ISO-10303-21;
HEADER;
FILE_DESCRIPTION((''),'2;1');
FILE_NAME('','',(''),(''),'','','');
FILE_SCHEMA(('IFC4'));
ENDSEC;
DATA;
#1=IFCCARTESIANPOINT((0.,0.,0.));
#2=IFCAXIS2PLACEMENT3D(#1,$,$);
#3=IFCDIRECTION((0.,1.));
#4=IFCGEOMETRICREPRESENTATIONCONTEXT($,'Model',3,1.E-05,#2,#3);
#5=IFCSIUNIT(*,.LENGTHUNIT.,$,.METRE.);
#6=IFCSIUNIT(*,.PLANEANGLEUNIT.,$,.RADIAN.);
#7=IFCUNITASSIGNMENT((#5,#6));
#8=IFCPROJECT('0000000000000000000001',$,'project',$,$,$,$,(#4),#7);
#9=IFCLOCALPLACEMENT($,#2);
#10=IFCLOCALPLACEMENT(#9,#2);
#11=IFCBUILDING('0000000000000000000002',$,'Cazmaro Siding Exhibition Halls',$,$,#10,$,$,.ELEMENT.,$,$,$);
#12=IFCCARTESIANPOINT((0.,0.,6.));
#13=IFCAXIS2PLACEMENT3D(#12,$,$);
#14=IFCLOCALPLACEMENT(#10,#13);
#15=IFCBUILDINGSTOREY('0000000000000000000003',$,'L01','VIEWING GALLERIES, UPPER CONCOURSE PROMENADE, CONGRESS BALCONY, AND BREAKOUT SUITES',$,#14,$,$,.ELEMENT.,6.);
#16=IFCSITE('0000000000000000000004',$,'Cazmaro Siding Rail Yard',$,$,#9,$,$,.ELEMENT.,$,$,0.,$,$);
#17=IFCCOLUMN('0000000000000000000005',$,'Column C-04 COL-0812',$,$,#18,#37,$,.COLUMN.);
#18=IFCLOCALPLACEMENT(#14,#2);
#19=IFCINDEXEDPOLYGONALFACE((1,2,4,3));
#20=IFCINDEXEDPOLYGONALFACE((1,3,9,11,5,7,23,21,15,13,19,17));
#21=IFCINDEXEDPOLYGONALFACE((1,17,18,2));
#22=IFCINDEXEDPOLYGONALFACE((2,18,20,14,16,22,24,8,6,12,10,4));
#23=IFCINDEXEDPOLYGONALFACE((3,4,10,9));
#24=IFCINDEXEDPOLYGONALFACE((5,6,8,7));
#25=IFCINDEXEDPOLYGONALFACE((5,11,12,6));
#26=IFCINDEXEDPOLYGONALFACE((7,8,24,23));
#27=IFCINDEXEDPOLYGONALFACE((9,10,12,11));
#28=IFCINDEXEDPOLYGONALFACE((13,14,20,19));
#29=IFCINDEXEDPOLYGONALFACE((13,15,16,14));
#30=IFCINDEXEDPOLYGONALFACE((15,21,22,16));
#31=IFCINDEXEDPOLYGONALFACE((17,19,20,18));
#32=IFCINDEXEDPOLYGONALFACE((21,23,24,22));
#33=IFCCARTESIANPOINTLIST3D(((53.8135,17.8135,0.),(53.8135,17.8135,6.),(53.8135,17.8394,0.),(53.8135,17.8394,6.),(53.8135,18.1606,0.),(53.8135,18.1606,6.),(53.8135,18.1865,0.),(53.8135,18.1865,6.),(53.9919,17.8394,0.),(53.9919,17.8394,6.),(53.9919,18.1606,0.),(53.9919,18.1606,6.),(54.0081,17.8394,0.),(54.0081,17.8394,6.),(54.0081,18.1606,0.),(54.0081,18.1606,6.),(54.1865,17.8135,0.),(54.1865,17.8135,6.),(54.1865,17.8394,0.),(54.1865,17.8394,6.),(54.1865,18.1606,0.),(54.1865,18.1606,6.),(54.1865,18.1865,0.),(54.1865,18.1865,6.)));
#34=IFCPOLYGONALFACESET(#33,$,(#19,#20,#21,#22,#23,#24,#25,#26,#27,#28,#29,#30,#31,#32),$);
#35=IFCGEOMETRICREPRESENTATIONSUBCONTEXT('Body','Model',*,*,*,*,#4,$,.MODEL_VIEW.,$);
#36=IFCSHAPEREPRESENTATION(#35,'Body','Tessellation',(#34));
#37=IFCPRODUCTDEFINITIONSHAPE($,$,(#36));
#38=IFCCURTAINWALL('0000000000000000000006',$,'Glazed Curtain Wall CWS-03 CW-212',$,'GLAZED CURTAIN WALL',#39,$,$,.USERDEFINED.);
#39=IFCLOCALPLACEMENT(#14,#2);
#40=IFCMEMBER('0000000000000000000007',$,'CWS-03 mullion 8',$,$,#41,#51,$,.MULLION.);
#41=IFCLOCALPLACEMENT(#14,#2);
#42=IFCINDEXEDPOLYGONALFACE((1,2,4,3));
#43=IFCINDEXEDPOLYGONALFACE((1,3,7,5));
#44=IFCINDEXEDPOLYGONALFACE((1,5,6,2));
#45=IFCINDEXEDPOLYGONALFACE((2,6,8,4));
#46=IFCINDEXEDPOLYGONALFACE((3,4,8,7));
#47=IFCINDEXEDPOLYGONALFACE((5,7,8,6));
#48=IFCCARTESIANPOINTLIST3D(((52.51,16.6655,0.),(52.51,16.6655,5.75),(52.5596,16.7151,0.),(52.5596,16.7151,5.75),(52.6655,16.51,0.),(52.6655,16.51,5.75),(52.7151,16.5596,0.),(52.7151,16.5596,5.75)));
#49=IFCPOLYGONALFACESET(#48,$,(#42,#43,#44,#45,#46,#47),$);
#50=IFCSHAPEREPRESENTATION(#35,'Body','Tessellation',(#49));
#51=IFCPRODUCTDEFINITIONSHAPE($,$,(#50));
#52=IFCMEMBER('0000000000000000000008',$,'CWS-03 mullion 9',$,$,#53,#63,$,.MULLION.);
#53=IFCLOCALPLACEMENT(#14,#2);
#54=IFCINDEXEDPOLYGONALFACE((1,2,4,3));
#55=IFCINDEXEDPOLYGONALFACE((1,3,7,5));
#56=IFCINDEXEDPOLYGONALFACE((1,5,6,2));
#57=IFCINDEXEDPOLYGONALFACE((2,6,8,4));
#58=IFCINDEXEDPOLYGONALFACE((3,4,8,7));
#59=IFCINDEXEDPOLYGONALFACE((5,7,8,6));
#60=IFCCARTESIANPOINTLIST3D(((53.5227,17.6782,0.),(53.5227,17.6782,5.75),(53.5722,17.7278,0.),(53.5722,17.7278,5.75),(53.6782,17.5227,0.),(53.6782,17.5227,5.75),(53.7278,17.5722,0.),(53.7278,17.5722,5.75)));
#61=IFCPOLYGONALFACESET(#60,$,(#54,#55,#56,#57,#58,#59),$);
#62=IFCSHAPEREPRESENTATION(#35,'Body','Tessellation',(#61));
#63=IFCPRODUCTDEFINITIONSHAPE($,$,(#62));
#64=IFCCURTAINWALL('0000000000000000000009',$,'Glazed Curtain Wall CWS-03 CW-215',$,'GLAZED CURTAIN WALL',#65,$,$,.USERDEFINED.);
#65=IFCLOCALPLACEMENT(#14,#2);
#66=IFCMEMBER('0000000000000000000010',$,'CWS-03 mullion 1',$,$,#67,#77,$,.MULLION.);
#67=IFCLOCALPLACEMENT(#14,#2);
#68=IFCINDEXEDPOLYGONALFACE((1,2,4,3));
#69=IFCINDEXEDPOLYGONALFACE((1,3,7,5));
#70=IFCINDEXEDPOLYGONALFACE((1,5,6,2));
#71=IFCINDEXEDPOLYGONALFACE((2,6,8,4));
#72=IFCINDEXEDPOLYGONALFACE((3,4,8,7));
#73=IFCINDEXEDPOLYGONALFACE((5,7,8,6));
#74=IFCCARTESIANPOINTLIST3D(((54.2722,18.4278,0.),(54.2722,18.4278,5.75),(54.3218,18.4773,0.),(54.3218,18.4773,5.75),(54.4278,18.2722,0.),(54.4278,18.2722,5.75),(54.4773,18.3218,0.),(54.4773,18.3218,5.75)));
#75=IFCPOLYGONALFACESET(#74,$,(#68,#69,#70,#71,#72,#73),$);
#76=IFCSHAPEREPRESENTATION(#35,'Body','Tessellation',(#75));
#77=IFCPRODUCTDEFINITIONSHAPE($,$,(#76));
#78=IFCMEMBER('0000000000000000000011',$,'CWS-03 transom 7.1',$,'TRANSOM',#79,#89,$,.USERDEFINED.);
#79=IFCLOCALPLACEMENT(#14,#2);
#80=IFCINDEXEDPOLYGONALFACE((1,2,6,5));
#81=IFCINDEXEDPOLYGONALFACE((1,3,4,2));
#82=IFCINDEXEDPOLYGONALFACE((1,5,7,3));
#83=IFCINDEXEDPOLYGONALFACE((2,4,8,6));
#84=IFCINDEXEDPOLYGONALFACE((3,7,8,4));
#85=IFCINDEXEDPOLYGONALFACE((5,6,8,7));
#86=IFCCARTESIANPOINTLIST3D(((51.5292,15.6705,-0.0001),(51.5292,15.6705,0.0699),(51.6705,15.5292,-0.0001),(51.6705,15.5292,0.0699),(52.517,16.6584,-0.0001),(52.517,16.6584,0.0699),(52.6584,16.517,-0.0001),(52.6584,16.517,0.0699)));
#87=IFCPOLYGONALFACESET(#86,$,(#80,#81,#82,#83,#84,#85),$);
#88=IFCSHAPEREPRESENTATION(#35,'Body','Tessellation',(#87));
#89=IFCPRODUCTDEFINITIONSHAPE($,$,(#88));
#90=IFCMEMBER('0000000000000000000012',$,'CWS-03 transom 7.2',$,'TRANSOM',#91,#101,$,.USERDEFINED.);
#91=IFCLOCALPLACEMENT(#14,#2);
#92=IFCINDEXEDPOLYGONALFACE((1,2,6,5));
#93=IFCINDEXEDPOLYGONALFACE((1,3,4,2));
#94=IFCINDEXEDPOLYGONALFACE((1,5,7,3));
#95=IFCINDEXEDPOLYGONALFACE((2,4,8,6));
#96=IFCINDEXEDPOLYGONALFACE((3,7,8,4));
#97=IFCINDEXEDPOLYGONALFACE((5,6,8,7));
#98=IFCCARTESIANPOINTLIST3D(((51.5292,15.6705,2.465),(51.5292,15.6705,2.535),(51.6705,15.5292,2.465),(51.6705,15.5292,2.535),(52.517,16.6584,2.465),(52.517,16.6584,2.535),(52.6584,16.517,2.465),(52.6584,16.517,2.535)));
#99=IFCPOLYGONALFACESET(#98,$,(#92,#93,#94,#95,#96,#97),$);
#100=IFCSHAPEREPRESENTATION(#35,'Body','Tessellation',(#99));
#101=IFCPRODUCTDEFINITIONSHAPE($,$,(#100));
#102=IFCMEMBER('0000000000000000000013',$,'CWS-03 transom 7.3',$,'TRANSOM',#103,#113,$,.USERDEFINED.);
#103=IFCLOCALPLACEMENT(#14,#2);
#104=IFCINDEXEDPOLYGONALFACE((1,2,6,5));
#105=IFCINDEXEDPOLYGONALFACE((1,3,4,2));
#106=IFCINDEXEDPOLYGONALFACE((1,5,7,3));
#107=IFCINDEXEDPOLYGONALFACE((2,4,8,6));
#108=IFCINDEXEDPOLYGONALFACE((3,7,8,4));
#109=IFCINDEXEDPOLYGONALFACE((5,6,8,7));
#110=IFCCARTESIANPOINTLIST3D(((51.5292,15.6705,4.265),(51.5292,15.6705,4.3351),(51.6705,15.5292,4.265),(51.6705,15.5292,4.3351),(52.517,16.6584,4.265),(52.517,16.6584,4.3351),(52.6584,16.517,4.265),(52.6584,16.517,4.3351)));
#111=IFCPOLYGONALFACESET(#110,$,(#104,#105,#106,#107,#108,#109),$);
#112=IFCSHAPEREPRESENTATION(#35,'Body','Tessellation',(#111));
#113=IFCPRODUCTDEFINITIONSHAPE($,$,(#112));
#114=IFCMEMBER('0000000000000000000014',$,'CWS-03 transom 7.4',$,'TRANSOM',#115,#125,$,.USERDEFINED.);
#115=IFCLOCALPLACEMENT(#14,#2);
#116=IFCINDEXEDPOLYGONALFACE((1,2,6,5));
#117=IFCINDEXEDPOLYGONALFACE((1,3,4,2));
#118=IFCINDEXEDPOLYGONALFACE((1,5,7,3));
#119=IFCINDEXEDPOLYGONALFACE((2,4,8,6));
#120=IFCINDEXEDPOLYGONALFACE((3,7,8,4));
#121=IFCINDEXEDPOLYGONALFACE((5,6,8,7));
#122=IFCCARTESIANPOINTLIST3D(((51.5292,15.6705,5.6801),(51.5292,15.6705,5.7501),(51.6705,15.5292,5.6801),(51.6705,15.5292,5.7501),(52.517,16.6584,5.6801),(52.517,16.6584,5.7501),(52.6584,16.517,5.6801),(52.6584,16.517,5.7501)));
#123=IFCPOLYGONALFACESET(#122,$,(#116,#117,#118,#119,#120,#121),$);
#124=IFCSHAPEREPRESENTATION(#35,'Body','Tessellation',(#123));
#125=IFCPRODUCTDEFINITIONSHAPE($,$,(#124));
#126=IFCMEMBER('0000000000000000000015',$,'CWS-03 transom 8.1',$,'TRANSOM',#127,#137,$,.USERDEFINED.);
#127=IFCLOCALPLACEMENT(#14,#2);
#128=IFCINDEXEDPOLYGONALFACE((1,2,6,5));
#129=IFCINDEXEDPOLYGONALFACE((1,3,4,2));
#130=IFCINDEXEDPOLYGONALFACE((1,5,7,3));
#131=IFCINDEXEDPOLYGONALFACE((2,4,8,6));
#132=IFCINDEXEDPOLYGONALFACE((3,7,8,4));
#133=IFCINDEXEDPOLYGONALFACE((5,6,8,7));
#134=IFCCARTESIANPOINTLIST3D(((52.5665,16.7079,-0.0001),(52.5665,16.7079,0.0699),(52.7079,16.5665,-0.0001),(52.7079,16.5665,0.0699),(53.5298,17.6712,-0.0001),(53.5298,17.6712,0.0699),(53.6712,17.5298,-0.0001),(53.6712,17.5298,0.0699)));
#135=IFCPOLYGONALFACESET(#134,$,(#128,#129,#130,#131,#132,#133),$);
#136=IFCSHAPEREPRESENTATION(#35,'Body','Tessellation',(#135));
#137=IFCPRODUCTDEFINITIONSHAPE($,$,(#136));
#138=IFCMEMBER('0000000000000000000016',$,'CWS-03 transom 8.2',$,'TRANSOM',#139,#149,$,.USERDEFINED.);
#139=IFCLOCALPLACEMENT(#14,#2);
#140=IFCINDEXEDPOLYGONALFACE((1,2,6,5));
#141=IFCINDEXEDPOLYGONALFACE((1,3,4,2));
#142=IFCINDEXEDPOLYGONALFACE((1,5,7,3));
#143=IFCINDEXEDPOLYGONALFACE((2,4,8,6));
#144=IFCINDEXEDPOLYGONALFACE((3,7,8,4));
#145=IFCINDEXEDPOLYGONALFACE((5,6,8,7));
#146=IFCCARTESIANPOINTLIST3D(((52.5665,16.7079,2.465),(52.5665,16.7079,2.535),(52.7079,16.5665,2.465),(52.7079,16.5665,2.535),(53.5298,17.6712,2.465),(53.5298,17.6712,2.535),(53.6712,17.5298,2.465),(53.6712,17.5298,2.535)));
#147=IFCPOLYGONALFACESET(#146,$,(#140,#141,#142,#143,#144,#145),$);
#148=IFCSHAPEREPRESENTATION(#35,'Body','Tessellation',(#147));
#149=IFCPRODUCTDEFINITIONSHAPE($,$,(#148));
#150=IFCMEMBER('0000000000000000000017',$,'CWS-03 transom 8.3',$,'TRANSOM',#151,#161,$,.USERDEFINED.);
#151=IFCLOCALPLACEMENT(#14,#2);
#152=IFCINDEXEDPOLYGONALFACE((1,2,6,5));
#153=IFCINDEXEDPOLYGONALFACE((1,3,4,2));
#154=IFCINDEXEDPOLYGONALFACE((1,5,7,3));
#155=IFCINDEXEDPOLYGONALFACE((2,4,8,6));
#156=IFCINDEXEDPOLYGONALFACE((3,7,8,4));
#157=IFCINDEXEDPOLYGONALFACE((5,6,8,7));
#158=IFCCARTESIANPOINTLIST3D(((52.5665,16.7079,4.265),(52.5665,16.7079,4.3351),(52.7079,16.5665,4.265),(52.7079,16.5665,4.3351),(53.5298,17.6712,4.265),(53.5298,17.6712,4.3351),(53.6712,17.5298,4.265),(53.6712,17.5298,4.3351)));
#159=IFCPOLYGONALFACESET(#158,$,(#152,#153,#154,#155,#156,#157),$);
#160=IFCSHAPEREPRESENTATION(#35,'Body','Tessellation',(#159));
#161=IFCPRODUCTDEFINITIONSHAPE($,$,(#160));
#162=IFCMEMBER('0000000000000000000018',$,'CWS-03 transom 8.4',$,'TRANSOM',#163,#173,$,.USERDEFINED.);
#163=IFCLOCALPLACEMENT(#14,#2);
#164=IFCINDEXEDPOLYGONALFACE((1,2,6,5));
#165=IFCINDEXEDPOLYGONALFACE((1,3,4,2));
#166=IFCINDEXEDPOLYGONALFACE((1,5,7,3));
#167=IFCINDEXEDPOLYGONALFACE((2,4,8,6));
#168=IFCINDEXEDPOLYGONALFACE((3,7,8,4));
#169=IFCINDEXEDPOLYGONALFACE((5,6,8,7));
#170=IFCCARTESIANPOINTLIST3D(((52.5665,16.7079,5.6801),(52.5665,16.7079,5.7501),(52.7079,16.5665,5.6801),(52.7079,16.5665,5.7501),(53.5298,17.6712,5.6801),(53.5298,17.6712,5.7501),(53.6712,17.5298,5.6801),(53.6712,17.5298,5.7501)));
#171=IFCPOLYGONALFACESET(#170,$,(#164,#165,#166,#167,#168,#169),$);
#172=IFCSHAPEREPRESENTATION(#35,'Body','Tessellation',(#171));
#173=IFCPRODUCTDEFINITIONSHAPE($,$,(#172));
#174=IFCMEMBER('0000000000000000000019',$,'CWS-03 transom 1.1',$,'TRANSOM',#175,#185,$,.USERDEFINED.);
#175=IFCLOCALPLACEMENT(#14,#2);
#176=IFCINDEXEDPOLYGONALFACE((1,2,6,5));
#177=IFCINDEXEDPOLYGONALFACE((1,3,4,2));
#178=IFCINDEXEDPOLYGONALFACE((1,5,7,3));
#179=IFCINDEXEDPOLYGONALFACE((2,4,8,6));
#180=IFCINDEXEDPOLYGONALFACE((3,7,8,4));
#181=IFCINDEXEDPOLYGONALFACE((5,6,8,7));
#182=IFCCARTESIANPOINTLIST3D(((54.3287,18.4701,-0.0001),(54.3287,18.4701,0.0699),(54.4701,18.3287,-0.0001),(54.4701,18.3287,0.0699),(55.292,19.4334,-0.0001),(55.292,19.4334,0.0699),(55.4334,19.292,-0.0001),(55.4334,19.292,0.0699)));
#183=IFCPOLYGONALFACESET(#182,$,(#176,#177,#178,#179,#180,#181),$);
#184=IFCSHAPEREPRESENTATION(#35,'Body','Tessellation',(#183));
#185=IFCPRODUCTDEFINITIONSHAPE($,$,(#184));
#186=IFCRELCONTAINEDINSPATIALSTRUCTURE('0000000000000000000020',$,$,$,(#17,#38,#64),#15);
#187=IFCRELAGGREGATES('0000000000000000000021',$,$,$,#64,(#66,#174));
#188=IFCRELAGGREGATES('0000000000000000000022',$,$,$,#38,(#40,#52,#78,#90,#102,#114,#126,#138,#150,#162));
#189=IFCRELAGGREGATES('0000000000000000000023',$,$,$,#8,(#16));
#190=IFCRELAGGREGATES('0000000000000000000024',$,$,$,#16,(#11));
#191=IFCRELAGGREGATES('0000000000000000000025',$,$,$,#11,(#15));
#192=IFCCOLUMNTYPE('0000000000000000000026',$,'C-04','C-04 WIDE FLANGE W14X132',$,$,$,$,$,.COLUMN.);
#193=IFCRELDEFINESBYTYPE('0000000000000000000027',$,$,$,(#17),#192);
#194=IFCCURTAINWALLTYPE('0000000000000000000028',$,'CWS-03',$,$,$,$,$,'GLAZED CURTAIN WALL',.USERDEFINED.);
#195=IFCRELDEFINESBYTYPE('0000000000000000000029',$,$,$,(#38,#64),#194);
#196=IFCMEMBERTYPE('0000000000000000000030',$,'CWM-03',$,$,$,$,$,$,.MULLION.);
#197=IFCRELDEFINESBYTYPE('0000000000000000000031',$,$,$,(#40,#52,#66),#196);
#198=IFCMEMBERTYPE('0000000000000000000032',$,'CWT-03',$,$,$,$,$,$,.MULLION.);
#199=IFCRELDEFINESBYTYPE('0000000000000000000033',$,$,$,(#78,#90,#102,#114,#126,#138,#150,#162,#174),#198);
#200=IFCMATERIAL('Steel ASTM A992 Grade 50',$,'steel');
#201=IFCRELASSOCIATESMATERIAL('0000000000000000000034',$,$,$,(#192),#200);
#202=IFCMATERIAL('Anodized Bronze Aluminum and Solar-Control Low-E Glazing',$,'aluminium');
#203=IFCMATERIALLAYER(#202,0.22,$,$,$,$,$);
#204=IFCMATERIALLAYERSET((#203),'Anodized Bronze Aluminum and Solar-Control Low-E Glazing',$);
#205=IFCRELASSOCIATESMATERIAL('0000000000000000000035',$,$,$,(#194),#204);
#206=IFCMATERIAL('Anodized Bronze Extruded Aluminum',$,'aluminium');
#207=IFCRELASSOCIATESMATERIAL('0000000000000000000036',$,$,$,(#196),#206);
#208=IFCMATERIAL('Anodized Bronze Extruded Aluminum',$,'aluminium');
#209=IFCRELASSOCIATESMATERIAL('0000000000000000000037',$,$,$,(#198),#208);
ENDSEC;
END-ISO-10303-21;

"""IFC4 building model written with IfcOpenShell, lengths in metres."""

from ifc_helpers import new_model, si_unit, direction, frame, origin, origin_2d, place, context, subcontext, project, spatial, rectangle, i_section, extrude, material, layer, layer_set, material_profile, profile_set, type_object, element, aggregate, save


model = new_model("IFC4")

# Units and contexts
model_context = context("Model", 3, precision=1e-05, world=origin(), true_north=direction((0.0, 1.0)))
body_context = subcontext(model_context, "Body", "Model", "MODEL_VIEW")
ifc_project = project(units=[si_unit("LENGTHUNIT", "METRE"), si_unit("PLANEANGLEUNIT", "RADIAN")], contexts=[model_context])

# Site, building, storey
site_placement = place(None, origin())
site = spatial("IfcSite", under=ifc_project, at=site_placement, Name="Cazmaro Siding Rail Yard", CompositionType="ELEMENT", RefElevation=0.0)
building_placement = place(site_placement, origin())
building = spatial("IfcBuilding", under=site, at=building_placement, Name="Cazmaro Siding Exhibition Halls", CompositionType="ELEMENT")
storey_placement = place(building_placement, frame((0.0, 0.0, 6.0)))
storey = spatial("IfcBuildingStorey", under=building, at=storey_placement, Name="L01", Description="VIEWING GALLERIES, UPPER CONCOURSE PROMENADE, CONGRESS BALCONY, AND BREAKOUT SUITES", CompositionType="ELEMENT", Elevation=6.0)

# Column
ifc_material_1 = material(Name="Steel ASTM A992 Grade 50", Category="steel")
ifc_material_profile_1 = material_profile(ifc_material_1, i_section(OverallWidth=0.373, OverallDepth=0.373, WebThickness=0.0161, FlangeThickness=0.0259, at=origin_2d()), Name="W14X132")
ifc_profile_set_1 = profile_set([ifc_material_profile_1], Name="Steel ASTM A992 Grade 50")
column_type = type_object("IfcColumnType", Name="C-04", Description="C-04 WIDE FLANGE W14X132", PredefinedType="COLUMN", material=ifc_profile_set_1)
column_placement = place(storey_placement, frame((54.0, 18.0, 0.0), z_axis=(0.0, 0.0, 1.0), x_axis=(1.0, 0.0, 0.0)))
element("IfcColumn", 1, at=column_placement, inside=storey, type_object=column_type, Name="Column C-04 COL-0812", PredefinedType="COLUMN", context=body_context, shape_type="SweptSolid", body=[
    extrude(i_section(OverallWidth=0.373, OverallDepth=0.373, WebThickness=0.0161, FlangeThickness=0.0259, at=origin_2d()), origin(), (0.0, 0.0, 1.0), 6.0),
])

# Curtain wall, members
ifc_material_2 = material(Name="Anodized Bronze Aluminum and Solar-Control Low-E Glazing", Category="aluminium")
ifc_layer_1 = layer(ifc_material_2, 0.22)
ifc_layer_set_1 = layer_set([ifc_layer_1], Name="Anodized Bronze Aluminum and Solar-Control Low-E Glazing")
curtain_wall_type = type_object("IfcCurtainWallType", Name="CWS-03", ElementType="GLAZED CURTAIN WALL", PredefinedType="USERDEFINED", material=ifc_layer_set_1)
curtain_wall_1_placement = place(storey_placement, origin())
curtain_wall_1 = element("IfcCurtainWall", 2, at=curtain_wall_1_placement, inside=storey, type_object=curtain_wall_type, Name="Glazed Curtain Wall CWS-03 CW-212", ObjectType="GLAZED CURTAIN WALL", PredefinedType="USERDEFINED")
ifc_material_3 = material(Name="Anodized Bronze Extruded Aluminum", Category="aluminium")
ifc_material_profile_2 = material_profile(ifc_material_3, rectangle(XDim=0.22, YDim=0.0701, at=origin_2d()), Name="CWM-03")
ifc_profile_set_2 = profile_set([ifc_material_profile_2], Name="Anodized Bronze Extruded Aluminum")
member_type_1 = type_object("IfcMemberType", Name="CWM-03", PredefinedType="MULLION", material=ifc_profile_set_2)
member_1_placement = place(storey_placement, frame((52.6125, 16.6125, 0.0), z_axis=(0.0, 0.0, 1.0), x_axis=(-0.707107, 0.707107, 0.0)))
member_1 = element("IfcMember", 3, at=member_1_placement, type_object=member_type_1, Name="CWS-03 mullion 8", PredefinedType="MULLION", context=body_context, shape_type="SweptSolid", body=[
    extrude(rectangle(XDim=0.22, YDim=0.0701, at=origin_2d()), origin(), (0.0, 0.0, 1.0), 5.75),
])
member_2_placement = place(storey_placement, frame((53.6252, 17.6252, 0.0), z_axis=(0.0, 0.0, 1.0), x_axis=(-0.707107, 0.707107, 0.0)))
member_2 = element("IfcMember", 4, at=member_2_placement, type_object=member_type_1, Name="CWS-03 mullion 9", PredefinedType="MULLION", context=body_context, shape_type="SweptSolid", body=[
    extrude(rectangle(XDim=0.22, YDim=0.0701, at=origin_2d()), origin(), (0.0, 0.0, 1.0), 5.75),
])

# Curtain wall, member
curtain_wall_2_placement = place(storey_placement, origin())
curtain_wall_2 = element("IfcCurtainWall", 5, at=curtain_wall_2_placement, inside=storey, type_object=curtain_wall_type, Name="Glazed Curtain Wall CWS-03 CW-215", ObjectType="GLAZED CURTAIN WALL", PredefinedType="USERDEFINED")
member_3_placement = place(storey_placement, frame((54.3748, 18.3748, 0.0), z_axis=(0.0, 0.0, 1.0), x_axis=(-0.707107, 0.707107, 0.0)))
member_3 = element("IfcMember", 6, at=member_3_placement, type_object=member_type_1, Name="CWS-03 mullion 1", PredefinedType="MULLION", context=body_context, shape_type="SweptSolid", body=[
    extrude(rectangle(XDim=0.22, YDim=0.0701, at=origin_2d()), origin(), (0.0, 0.0, 1.0), 5.75),
])

# Members
ifc_material_4 = material(Name="Anodized Bronze Extruded Aluminum", Category="aluminium")
ifc_material_profile_3 = material_profile(ifc_material_4, rectangle(XDim=0.2, YDim=0.0701, at=origin_2d()), Name="CWT-03")
ifc_profile_set_3 = profile_set([ifc_material_profile_3], Name="Anodized Bronze Extruded Aluminum")
member_type_2 = type_object("IfcMemberType", Name="CWT-03", PredefinedType="MULLION", material=ifc_profile_set_3)
member_4_placement = place(storey_placement, frame((51.5999, 15.5999, 0.0349), z_axis=(0.707107, 0.707107, 0.0), x_axis=(-0.707107, 0.707107, 0.0)))
member_4 = element("IfcMember", 7, at=member_4_placement, type_object=member_type_2, Name="CWS-03 transom 7.1", ObjectType="TRANSOM", PredefinedType="USERDEFINED", context=body_context, shape_type="SweptSolid", body=[
    extrude(rectangle(XDim=0.2, YDim=0.0701, at=origin_2d()), origin(), (0.0, 0.0, 1.0), 1.397),
])
member_5_placement = place(storey_placement, frame((51.5999, 15.5999, 2.5), z_axis=(0.707107, 0.707107, 0.0), x_axis=(-0.707107, 0.707107, 0.0)))
member_5 = element("IfcMember", 8, at=member_5_placement, type_object=member_type_2, Name="CWS-03 transom 7.2", ObjectType="TRANSOM", PredefinedType="USERDEFINED", context=body_context, shape_type="SweptSolid", body=[
    extrude(rectangle(XDim=0.2, YDim=0.0701, at=origin_2d()), origin(), (0.0, 0.0, 1.0), 1.397),
])
member_6_placement = place(storey_placement, frame((51.5999, 15.5999, 4.3), z_axis=(0.707107, 0.707107, 0.0), x_axis=(-0.707107, 0.707107, 0.0)))
member_6 = element("IfcMember", 9, at=member_6_placement, type_object=member_type_2, Name="CWS-03 transom 7.3", ObjectType="TRANSOM", PredefinedType="USERDEFINED", context=body_context, shape_type="SweptSolid", body=[
    extrude(rectangle(XDim=0.2, YDim=0.0701, at=origin_2d()), origin(), (0.0, 0.0, 1.0), 1.397),
])
member_7_placement = place(storey_placement, frame((51.5999, 15.5999, 5.7151), z_axis=(0.707107, 0.707107, 0.0), x_axis=(-0.707107, 0.707107, 0.0)))
member_7 = element("IfcMember", 10, at=member_7_placement, type_object=member_type_2, Name="CWS-03 transom 7.4", ObjectType="TRANSOM", PredefinedType="USERDEFINED", context=body_context, shape_type="SweptSolid", body=[
    extrude(rectangle(XDim=0.2, YDim=0.0701, at=origin_2d()), origin(), (0.0, 0.0, 1.0), 1.397),
])
member_8_placement = place(storey_placement, frame((52.6372, 16.6372, 0.0349), z_axis=(0.707107, 0.707107, 0.0), x_axis=(-0.707107, 0.707107, 0.0)))
member_8 = element("IfcMember", 11, at=member_8_placement, type_object=member_type_2, Name="CWS-03 transom 8.1", ObjectType="TRANSOM", PredefinedType="USERDEFINED", context=body_context, shape_type="SweptSolid", body=[
    extrude(rectangle(XDim=0.2, YDim=0.0701, at=origin_2d()), origin(), (0.0, 0.0, 1.0), 1.3623),
])
member_9_placement = place(storey_placement, frame((52.6372, 16.6372, 2.5), z_axis=(0.707107, 0.707107, 0.0), x_axis=(-0.707107, 0.707107, 0.0)))
member_9 = element("IfcMember", 12, at=member_9_placement, type_object=member_type_2, Name="CWS-03 transom 8.2", ObjectType="TRANSOM", PredefinedType="USERDEFINED", context=body_context, shape_type="SweptSolid", body=[
    extrude(rectangle(XDim=0.2, YDim=0.0701, at=origin_2d()), origin(), (0.0, 0.0, 1.0), 1.3623),
])
member_10_placement = place(storey_placement, frame((52.6372, 16.6372, 4.3), z_axis=(0.707107, 0.707107, 0.0), x_axis=(-0.707107, 0.707107, 0.0)))
member_10 = element("IfcMember", 13, at=member_10_placement, type_object=member_type_2, Name="CWS-03 transom 8.3", ObjectType="TRANSOM", PredefinedType="USERDEFINED", context=body_context, shape_type="SweptSolid", body=[
    extrude(rectangle(XDim=0.2, YDim=0.0701, at=origin_2d()), origin(), (0.0, 0.0, 1.0), 1.3623),
])
member_11_placement = place(storey_placement, frame((52.6372, 16.6372, 5.7151), z_axis=(0.707107, 0.707107, 0.0), x_axis=(-0.707107, 0.707107, 0.0)))
member_11 = element("IfcMember", 14, at=member_11_placement, type_object=member_type_2, Name="CWS-03 transom 8.4", ObjectType="TRANSOM", PredefinedType="USERDEFINED", context=body_context, shape_type="SweptSolid", body=[
    extrude(rectangle(XDim=0.2, YDim=0.0701, at=origin_2d()), origin(), (0.0, 0.0, 1.0), 1.3623),
])
member_12_placement = place(storey_placement, frame((54.3994, 18.3994, 0.0349), z_axis=(0.707107, 0.707107, 0.0), x_axis=(-0.707107, 0.707107, 0.0)))
member_12 = element("IfcMember", 15, at=member_12_placement, type_object=member_type_2, Name="CWS-03 transom 1.1", ObjectType="TRANSOM", PredefinedType="USERDEFINED", context=body_context, shape_type="SweptSolid", body=[
    extrude(rectangle(XDim=0.2, YDim=0.0701, at=origin_2d()), origin(), (0.0, 0.0, 1.0), 1.3623),
])
aggregate(curtain_wall_2, [member_3, member_12])

aggregate(curtain_wall_1, [member_1, member_2, member_4, member_5, member_6, member_7, member_8, member_9, member_10, member_11])

save(model, "model.ifc")
